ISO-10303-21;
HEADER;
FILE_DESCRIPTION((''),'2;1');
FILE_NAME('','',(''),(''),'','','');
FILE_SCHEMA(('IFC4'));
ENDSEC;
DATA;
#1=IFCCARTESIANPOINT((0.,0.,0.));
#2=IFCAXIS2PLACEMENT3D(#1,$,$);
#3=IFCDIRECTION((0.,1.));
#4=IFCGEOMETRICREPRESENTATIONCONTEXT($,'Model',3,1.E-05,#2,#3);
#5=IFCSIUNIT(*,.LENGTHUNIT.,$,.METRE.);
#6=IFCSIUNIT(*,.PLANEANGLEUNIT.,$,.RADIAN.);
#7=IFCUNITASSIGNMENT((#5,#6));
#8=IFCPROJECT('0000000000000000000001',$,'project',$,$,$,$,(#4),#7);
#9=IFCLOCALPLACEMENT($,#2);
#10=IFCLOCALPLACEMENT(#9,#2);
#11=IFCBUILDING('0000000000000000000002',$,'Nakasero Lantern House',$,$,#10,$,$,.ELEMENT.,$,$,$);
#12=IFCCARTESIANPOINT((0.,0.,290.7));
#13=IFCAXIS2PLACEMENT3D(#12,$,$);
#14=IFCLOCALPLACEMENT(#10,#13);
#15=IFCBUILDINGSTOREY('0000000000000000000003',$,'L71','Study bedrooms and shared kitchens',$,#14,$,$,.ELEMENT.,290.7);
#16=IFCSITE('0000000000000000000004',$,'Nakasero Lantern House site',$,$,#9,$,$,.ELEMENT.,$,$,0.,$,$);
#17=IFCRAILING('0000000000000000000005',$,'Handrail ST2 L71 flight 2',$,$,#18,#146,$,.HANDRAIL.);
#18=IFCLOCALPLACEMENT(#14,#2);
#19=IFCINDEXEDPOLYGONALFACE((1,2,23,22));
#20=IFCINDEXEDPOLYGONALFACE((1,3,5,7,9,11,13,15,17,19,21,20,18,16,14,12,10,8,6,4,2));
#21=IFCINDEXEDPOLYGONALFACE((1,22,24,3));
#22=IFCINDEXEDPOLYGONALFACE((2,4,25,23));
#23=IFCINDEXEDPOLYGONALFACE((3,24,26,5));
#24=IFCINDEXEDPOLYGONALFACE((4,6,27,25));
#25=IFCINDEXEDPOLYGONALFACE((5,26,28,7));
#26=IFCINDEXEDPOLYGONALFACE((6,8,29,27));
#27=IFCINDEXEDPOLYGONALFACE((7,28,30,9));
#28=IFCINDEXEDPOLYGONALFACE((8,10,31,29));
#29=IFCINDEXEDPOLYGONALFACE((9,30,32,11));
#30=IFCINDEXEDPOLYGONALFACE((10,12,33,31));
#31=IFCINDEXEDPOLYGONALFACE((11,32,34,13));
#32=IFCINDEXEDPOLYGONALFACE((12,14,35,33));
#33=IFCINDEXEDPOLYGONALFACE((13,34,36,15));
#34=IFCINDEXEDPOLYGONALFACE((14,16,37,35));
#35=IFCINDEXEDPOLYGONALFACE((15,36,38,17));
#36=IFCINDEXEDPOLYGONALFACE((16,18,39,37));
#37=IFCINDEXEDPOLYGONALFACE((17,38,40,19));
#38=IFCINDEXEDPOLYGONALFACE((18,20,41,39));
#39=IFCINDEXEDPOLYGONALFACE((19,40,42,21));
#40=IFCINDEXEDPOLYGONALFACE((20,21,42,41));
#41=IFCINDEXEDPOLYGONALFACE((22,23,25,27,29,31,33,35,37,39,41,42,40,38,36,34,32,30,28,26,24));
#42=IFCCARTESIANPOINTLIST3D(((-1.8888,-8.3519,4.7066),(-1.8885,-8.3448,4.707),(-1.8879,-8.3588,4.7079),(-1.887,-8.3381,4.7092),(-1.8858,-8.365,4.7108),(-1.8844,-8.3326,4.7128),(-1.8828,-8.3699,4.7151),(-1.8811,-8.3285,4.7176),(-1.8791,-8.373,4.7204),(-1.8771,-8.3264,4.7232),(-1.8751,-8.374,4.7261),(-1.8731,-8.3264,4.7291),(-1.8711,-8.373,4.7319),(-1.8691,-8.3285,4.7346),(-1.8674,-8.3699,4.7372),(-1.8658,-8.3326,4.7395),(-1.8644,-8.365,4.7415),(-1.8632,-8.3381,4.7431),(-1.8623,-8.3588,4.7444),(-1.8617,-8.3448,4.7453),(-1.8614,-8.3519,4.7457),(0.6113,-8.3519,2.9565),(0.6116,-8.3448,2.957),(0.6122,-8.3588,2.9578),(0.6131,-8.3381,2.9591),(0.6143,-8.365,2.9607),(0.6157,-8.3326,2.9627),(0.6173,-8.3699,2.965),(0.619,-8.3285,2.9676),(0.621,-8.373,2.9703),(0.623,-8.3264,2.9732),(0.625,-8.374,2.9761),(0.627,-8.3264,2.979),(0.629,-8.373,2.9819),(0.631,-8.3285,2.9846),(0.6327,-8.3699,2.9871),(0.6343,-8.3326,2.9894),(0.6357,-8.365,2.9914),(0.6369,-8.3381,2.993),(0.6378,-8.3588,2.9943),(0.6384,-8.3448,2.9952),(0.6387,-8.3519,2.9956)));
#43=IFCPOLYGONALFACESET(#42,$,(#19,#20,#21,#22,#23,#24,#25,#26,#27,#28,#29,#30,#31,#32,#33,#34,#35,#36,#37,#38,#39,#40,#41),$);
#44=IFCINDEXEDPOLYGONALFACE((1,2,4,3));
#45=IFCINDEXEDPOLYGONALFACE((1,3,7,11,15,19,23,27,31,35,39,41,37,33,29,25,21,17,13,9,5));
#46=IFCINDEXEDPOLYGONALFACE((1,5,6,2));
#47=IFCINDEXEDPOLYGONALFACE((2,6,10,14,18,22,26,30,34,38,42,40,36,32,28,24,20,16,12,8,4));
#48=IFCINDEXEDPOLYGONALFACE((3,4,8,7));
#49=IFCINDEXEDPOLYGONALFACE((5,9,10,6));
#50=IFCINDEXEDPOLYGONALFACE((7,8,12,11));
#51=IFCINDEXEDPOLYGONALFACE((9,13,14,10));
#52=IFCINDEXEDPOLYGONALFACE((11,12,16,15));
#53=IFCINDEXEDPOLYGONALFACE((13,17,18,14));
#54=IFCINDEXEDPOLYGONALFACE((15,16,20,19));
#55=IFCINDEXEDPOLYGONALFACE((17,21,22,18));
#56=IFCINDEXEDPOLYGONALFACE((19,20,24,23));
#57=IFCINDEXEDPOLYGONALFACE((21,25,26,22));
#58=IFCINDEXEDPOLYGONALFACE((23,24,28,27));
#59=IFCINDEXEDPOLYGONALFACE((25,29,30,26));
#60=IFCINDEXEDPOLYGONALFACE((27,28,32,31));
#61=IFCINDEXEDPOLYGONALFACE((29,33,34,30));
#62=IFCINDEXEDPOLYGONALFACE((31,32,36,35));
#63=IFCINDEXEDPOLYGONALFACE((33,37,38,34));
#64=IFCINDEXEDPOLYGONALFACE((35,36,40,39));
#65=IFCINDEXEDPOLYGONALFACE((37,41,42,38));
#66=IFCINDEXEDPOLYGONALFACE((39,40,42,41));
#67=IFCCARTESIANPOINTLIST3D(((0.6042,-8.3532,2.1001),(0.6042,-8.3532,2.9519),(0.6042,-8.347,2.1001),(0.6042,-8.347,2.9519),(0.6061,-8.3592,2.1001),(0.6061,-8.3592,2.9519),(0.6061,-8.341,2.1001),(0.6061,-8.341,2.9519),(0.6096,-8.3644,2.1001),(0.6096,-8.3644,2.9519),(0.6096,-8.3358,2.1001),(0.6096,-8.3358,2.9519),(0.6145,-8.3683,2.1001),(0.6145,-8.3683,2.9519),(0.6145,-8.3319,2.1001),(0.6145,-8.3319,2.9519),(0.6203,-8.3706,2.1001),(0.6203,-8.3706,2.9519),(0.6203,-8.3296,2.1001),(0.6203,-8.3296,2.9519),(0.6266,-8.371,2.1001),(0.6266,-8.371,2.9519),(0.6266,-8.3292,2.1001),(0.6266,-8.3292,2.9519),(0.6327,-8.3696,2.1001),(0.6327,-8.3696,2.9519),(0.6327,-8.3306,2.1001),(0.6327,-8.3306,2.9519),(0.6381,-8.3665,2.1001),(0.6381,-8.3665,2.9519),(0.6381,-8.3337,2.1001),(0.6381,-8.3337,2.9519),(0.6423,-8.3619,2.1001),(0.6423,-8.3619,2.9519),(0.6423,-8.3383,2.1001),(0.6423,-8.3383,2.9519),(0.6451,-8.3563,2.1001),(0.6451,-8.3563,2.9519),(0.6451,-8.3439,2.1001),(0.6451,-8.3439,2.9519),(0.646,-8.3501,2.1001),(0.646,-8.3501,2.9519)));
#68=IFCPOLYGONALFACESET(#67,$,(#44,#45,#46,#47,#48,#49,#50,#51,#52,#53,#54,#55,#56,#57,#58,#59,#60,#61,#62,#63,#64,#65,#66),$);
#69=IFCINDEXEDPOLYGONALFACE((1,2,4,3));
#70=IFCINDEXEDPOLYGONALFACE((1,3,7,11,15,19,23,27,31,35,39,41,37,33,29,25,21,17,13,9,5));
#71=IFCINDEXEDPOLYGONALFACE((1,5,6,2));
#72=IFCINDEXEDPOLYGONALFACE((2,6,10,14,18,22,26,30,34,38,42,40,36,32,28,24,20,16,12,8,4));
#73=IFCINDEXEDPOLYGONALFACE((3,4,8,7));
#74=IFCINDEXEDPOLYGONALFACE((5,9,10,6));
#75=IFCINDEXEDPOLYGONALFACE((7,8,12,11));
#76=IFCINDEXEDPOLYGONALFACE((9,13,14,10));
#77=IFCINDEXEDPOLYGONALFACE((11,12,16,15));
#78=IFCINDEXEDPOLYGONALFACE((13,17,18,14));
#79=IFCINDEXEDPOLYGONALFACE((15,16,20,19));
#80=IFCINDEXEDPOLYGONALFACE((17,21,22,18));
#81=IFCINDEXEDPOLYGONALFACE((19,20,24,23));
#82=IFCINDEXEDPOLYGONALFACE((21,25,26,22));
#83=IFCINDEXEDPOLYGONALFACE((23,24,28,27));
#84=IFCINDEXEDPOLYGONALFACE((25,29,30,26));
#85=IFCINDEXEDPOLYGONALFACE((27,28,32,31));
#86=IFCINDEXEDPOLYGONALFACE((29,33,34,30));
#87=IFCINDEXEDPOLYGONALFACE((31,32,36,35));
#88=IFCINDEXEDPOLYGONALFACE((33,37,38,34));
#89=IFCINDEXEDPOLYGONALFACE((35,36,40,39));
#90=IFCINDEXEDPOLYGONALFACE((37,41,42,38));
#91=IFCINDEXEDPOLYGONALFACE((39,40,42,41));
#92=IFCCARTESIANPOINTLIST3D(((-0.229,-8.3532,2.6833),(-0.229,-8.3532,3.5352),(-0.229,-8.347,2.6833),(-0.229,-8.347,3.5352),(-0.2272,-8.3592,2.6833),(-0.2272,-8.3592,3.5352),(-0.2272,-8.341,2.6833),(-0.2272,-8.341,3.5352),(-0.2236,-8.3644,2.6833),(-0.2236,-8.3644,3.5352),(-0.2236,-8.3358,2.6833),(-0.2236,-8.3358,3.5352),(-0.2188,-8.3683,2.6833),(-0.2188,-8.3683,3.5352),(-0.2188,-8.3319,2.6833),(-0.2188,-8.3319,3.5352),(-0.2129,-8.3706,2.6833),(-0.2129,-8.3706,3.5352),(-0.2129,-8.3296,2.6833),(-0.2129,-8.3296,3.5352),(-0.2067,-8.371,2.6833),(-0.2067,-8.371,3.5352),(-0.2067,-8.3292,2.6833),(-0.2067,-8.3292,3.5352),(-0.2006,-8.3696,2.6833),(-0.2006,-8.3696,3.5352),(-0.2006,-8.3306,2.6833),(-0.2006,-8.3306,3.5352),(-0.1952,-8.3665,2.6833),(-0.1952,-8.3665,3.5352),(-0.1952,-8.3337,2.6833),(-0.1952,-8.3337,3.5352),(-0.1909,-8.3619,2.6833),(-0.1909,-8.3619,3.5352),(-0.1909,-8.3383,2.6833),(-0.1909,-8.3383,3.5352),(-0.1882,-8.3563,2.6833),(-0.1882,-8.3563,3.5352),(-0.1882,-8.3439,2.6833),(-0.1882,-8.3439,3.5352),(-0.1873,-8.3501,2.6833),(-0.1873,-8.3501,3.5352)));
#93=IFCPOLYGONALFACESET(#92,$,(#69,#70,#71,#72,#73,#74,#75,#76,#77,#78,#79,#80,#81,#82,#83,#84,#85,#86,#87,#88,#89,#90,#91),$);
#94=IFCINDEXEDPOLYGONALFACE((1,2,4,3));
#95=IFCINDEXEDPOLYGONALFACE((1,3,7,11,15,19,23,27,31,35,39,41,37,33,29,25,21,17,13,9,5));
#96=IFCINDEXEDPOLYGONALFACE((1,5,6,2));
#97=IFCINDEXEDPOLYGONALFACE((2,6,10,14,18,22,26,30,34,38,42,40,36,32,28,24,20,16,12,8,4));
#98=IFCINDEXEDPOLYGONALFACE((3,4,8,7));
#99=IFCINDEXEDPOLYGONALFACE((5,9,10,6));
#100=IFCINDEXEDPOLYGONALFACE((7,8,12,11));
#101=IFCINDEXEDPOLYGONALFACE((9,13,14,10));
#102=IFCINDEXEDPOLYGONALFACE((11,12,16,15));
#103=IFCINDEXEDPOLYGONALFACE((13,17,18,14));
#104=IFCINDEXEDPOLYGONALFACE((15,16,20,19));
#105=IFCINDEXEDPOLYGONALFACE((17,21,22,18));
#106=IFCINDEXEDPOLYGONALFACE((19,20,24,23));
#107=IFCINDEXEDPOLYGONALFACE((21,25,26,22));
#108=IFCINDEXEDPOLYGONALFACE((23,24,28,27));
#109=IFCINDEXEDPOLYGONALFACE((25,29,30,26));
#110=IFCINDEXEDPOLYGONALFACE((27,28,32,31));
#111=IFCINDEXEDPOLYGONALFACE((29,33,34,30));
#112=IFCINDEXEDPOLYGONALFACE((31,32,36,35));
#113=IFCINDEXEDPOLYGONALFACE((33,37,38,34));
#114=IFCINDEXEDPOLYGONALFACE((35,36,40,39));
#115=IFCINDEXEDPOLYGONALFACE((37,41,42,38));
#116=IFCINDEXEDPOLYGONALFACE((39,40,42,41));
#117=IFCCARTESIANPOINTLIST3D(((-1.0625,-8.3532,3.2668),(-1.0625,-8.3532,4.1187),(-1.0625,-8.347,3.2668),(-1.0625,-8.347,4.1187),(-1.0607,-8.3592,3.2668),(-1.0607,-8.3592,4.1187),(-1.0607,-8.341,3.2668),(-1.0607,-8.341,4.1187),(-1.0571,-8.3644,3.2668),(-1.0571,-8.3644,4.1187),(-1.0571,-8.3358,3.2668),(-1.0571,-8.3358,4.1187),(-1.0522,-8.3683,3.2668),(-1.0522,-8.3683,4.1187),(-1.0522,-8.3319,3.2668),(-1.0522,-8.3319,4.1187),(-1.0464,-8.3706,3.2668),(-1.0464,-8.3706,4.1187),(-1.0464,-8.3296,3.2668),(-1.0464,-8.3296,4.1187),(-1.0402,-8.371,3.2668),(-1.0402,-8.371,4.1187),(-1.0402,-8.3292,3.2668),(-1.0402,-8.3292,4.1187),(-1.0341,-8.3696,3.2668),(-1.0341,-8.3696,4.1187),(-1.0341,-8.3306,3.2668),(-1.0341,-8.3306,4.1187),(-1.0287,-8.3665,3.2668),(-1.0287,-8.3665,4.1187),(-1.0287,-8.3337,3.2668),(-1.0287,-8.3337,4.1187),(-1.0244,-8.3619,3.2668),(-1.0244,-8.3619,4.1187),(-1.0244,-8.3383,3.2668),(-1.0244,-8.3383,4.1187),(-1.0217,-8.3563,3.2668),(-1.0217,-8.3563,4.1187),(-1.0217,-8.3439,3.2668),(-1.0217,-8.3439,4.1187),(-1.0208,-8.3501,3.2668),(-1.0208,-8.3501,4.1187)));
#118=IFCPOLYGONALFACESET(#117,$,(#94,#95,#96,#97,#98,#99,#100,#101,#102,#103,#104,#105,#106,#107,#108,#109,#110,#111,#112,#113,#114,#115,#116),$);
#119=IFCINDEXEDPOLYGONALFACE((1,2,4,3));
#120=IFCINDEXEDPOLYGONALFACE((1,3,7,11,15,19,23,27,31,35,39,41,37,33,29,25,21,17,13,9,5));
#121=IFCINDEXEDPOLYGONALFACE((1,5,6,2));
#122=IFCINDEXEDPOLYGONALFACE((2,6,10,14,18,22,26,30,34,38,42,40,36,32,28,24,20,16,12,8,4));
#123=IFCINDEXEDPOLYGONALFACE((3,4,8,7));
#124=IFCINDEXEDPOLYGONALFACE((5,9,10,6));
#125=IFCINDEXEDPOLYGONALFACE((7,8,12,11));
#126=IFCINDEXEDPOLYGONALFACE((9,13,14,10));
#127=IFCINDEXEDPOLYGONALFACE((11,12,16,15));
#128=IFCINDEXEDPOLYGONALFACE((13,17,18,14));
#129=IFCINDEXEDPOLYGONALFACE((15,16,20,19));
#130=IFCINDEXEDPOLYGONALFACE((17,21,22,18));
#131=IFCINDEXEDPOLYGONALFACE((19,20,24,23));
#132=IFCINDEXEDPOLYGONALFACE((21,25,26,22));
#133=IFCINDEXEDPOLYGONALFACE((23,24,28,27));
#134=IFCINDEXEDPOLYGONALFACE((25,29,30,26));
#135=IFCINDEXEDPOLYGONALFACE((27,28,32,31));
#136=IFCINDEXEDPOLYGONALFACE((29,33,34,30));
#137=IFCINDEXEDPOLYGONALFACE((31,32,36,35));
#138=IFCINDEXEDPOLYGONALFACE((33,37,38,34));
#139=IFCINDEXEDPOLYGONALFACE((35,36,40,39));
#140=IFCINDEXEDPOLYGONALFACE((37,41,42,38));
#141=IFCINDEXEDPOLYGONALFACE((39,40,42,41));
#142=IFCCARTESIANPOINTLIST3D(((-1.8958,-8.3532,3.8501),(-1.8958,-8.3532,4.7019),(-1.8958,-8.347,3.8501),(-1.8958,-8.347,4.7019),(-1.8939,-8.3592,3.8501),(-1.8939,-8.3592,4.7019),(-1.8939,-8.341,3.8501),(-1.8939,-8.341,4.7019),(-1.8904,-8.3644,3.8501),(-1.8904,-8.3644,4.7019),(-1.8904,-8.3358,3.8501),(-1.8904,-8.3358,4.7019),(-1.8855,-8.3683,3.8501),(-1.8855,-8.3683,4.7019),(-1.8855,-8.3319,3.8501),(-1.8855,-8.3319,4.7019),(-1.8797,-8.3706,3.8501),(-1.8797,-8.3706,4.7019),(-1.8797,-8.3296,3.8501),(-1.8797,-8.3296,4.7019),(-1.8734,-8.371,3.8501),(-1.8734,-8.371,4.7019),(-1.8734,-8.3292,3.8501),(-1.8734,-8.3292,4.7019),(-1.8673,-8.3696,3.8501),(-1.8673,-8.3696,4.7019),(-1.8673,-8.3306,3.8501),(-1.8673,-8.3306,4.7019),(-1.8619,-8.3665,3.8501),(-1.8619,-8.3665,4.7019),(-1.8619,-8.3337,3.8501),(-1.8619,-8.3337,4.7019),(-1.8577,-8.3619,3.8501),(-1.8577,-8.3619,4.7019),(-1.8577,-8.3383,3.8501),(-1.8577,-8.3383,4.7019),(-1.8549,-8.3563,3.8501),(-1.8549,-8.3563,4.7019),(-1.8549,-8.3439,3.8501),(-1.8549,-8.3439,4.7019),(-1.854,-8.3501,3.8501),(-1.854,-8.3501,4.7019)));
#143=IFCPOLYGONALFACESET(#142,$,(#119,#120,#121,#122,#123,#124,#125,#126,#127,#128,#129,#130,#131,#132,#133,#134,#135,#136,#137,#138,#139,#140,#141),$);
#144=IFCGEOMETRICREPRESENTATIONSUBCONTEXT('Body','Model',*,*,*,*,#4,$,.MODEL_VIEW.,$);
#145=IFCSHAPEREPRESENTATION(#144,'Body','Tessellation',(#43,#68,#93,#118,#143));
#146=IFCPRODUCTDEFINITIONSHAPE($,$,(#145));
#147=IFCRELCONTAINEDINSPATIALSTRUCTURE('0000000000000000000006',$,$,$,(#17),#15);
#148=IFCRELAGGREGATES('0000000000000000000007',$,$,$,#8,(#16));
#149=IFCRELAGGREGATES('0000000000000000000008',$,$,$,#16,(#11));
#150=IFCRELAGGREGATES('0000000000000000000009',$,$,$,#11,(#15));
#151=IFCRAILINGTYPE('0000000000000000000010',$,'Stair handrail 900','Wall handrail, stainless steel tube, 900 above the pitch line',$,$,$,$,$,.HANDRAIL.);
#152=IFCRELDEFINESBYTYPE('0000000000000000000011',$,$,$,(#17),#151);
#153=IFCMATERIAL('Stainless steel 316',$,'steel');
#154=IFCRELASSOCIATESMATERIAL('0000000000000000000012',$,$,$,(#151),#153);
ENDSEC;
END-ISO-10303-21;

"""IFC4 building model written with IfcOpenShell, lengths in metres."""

from ifc_helpers import new_model, si_unit, direction, frame, origin, origin_2d, place, context, subcontext, project, spatial, circle, extrude, material, type_object, element, save


model = new_model("IFC4")

# Units and contexts
model_context = context("Model", 3, precision=1e-05, world=origin(), true_north=direction((0.0, 1.0)))
body_context = subcontext(model_context, "Body", "Model", "MODEL_VIEW")
ifc_project = project(units=[si_unit("LENGTHUNIT", "METRE"), si_unit("PLANEANGLEUNIT", "RADIAN")], contexts=[model_context])

# Site, building, storey
site_placement = place(None, origin())
site = spatial("IfcSite", under=ifc_project, at=site_placement, Name="Nakasero Lantern House site", CompositionType="ELEMENT", RefElevation=0.0)
building_placement = place(site_placement, origin())
building = spatial("IfcBuilding", under=site, at=building_placement, Name="Nakasero Lantern House", CompositionType="ELEMENT")
storey_placement = place(building_placement, frame((0.0, 0.0, 290.7)))
storey = spatial("IfcBuildingStorey", under=building, at=storey_placement, Name="L71", Description="Study bedrooms and shared kitchens", CompositionType="ELEMENT", Elevation=290.7)

# Railing
ifc_material_1 = material(Name="Stainless steel 316", Category="steel")
railing_type = type_object("IfcRailingType", Name="Stair handrail 900", Description="Wall handrail, stainless steel tube, 900 above the pitch line", PredefinedType="HANDRAIL", material=ifc_material_1)
railing_placement = place(storey_placement, frame((0.625, -8.3501, 2.1001)))
element("IfcRailing", 1, at=railing_placement, inside=storey, type_object=railing_type, Name="Handrail ST2 L71 flight 2", PredefinedType="HANDRAIL", context=body_context, shape_type="SweptSolid", body=[
    extrude(circle(Radius=0.0239, at=origin_2d()), frame((0.0, 0.0, 0.876), z_axis=(-0.819232, 0.0, 0.573462), x_axis=(0.0, -1.0, 0.0)), (0.0, 0.0, 1.0), 3.0518),
    extrude(circle(Radius=0.021, at=origin_2d()), origin(), (0.0, 0.0, 1.0), 0.8518),
    extrude(circle(Radius=0.021, at=origin_2d()), frame((-0.8333, 0.0, 0.5833)), (0.0, 0.0, 1.0), 0.8518),
    extrude(circle(Radius=0.021, at=origin_2d()), frame((-1.6667, 0.0, 1.1667)), (0.0, 0.0, 1.0), 0.8518),
    extrude(circle(Radius=0.021, at=origin_2d()), frame((-2.5, 0.0, 1.75)), (0.0, 0.0, 1.0), 0.8518),
])

save(model, "model.ifc")
